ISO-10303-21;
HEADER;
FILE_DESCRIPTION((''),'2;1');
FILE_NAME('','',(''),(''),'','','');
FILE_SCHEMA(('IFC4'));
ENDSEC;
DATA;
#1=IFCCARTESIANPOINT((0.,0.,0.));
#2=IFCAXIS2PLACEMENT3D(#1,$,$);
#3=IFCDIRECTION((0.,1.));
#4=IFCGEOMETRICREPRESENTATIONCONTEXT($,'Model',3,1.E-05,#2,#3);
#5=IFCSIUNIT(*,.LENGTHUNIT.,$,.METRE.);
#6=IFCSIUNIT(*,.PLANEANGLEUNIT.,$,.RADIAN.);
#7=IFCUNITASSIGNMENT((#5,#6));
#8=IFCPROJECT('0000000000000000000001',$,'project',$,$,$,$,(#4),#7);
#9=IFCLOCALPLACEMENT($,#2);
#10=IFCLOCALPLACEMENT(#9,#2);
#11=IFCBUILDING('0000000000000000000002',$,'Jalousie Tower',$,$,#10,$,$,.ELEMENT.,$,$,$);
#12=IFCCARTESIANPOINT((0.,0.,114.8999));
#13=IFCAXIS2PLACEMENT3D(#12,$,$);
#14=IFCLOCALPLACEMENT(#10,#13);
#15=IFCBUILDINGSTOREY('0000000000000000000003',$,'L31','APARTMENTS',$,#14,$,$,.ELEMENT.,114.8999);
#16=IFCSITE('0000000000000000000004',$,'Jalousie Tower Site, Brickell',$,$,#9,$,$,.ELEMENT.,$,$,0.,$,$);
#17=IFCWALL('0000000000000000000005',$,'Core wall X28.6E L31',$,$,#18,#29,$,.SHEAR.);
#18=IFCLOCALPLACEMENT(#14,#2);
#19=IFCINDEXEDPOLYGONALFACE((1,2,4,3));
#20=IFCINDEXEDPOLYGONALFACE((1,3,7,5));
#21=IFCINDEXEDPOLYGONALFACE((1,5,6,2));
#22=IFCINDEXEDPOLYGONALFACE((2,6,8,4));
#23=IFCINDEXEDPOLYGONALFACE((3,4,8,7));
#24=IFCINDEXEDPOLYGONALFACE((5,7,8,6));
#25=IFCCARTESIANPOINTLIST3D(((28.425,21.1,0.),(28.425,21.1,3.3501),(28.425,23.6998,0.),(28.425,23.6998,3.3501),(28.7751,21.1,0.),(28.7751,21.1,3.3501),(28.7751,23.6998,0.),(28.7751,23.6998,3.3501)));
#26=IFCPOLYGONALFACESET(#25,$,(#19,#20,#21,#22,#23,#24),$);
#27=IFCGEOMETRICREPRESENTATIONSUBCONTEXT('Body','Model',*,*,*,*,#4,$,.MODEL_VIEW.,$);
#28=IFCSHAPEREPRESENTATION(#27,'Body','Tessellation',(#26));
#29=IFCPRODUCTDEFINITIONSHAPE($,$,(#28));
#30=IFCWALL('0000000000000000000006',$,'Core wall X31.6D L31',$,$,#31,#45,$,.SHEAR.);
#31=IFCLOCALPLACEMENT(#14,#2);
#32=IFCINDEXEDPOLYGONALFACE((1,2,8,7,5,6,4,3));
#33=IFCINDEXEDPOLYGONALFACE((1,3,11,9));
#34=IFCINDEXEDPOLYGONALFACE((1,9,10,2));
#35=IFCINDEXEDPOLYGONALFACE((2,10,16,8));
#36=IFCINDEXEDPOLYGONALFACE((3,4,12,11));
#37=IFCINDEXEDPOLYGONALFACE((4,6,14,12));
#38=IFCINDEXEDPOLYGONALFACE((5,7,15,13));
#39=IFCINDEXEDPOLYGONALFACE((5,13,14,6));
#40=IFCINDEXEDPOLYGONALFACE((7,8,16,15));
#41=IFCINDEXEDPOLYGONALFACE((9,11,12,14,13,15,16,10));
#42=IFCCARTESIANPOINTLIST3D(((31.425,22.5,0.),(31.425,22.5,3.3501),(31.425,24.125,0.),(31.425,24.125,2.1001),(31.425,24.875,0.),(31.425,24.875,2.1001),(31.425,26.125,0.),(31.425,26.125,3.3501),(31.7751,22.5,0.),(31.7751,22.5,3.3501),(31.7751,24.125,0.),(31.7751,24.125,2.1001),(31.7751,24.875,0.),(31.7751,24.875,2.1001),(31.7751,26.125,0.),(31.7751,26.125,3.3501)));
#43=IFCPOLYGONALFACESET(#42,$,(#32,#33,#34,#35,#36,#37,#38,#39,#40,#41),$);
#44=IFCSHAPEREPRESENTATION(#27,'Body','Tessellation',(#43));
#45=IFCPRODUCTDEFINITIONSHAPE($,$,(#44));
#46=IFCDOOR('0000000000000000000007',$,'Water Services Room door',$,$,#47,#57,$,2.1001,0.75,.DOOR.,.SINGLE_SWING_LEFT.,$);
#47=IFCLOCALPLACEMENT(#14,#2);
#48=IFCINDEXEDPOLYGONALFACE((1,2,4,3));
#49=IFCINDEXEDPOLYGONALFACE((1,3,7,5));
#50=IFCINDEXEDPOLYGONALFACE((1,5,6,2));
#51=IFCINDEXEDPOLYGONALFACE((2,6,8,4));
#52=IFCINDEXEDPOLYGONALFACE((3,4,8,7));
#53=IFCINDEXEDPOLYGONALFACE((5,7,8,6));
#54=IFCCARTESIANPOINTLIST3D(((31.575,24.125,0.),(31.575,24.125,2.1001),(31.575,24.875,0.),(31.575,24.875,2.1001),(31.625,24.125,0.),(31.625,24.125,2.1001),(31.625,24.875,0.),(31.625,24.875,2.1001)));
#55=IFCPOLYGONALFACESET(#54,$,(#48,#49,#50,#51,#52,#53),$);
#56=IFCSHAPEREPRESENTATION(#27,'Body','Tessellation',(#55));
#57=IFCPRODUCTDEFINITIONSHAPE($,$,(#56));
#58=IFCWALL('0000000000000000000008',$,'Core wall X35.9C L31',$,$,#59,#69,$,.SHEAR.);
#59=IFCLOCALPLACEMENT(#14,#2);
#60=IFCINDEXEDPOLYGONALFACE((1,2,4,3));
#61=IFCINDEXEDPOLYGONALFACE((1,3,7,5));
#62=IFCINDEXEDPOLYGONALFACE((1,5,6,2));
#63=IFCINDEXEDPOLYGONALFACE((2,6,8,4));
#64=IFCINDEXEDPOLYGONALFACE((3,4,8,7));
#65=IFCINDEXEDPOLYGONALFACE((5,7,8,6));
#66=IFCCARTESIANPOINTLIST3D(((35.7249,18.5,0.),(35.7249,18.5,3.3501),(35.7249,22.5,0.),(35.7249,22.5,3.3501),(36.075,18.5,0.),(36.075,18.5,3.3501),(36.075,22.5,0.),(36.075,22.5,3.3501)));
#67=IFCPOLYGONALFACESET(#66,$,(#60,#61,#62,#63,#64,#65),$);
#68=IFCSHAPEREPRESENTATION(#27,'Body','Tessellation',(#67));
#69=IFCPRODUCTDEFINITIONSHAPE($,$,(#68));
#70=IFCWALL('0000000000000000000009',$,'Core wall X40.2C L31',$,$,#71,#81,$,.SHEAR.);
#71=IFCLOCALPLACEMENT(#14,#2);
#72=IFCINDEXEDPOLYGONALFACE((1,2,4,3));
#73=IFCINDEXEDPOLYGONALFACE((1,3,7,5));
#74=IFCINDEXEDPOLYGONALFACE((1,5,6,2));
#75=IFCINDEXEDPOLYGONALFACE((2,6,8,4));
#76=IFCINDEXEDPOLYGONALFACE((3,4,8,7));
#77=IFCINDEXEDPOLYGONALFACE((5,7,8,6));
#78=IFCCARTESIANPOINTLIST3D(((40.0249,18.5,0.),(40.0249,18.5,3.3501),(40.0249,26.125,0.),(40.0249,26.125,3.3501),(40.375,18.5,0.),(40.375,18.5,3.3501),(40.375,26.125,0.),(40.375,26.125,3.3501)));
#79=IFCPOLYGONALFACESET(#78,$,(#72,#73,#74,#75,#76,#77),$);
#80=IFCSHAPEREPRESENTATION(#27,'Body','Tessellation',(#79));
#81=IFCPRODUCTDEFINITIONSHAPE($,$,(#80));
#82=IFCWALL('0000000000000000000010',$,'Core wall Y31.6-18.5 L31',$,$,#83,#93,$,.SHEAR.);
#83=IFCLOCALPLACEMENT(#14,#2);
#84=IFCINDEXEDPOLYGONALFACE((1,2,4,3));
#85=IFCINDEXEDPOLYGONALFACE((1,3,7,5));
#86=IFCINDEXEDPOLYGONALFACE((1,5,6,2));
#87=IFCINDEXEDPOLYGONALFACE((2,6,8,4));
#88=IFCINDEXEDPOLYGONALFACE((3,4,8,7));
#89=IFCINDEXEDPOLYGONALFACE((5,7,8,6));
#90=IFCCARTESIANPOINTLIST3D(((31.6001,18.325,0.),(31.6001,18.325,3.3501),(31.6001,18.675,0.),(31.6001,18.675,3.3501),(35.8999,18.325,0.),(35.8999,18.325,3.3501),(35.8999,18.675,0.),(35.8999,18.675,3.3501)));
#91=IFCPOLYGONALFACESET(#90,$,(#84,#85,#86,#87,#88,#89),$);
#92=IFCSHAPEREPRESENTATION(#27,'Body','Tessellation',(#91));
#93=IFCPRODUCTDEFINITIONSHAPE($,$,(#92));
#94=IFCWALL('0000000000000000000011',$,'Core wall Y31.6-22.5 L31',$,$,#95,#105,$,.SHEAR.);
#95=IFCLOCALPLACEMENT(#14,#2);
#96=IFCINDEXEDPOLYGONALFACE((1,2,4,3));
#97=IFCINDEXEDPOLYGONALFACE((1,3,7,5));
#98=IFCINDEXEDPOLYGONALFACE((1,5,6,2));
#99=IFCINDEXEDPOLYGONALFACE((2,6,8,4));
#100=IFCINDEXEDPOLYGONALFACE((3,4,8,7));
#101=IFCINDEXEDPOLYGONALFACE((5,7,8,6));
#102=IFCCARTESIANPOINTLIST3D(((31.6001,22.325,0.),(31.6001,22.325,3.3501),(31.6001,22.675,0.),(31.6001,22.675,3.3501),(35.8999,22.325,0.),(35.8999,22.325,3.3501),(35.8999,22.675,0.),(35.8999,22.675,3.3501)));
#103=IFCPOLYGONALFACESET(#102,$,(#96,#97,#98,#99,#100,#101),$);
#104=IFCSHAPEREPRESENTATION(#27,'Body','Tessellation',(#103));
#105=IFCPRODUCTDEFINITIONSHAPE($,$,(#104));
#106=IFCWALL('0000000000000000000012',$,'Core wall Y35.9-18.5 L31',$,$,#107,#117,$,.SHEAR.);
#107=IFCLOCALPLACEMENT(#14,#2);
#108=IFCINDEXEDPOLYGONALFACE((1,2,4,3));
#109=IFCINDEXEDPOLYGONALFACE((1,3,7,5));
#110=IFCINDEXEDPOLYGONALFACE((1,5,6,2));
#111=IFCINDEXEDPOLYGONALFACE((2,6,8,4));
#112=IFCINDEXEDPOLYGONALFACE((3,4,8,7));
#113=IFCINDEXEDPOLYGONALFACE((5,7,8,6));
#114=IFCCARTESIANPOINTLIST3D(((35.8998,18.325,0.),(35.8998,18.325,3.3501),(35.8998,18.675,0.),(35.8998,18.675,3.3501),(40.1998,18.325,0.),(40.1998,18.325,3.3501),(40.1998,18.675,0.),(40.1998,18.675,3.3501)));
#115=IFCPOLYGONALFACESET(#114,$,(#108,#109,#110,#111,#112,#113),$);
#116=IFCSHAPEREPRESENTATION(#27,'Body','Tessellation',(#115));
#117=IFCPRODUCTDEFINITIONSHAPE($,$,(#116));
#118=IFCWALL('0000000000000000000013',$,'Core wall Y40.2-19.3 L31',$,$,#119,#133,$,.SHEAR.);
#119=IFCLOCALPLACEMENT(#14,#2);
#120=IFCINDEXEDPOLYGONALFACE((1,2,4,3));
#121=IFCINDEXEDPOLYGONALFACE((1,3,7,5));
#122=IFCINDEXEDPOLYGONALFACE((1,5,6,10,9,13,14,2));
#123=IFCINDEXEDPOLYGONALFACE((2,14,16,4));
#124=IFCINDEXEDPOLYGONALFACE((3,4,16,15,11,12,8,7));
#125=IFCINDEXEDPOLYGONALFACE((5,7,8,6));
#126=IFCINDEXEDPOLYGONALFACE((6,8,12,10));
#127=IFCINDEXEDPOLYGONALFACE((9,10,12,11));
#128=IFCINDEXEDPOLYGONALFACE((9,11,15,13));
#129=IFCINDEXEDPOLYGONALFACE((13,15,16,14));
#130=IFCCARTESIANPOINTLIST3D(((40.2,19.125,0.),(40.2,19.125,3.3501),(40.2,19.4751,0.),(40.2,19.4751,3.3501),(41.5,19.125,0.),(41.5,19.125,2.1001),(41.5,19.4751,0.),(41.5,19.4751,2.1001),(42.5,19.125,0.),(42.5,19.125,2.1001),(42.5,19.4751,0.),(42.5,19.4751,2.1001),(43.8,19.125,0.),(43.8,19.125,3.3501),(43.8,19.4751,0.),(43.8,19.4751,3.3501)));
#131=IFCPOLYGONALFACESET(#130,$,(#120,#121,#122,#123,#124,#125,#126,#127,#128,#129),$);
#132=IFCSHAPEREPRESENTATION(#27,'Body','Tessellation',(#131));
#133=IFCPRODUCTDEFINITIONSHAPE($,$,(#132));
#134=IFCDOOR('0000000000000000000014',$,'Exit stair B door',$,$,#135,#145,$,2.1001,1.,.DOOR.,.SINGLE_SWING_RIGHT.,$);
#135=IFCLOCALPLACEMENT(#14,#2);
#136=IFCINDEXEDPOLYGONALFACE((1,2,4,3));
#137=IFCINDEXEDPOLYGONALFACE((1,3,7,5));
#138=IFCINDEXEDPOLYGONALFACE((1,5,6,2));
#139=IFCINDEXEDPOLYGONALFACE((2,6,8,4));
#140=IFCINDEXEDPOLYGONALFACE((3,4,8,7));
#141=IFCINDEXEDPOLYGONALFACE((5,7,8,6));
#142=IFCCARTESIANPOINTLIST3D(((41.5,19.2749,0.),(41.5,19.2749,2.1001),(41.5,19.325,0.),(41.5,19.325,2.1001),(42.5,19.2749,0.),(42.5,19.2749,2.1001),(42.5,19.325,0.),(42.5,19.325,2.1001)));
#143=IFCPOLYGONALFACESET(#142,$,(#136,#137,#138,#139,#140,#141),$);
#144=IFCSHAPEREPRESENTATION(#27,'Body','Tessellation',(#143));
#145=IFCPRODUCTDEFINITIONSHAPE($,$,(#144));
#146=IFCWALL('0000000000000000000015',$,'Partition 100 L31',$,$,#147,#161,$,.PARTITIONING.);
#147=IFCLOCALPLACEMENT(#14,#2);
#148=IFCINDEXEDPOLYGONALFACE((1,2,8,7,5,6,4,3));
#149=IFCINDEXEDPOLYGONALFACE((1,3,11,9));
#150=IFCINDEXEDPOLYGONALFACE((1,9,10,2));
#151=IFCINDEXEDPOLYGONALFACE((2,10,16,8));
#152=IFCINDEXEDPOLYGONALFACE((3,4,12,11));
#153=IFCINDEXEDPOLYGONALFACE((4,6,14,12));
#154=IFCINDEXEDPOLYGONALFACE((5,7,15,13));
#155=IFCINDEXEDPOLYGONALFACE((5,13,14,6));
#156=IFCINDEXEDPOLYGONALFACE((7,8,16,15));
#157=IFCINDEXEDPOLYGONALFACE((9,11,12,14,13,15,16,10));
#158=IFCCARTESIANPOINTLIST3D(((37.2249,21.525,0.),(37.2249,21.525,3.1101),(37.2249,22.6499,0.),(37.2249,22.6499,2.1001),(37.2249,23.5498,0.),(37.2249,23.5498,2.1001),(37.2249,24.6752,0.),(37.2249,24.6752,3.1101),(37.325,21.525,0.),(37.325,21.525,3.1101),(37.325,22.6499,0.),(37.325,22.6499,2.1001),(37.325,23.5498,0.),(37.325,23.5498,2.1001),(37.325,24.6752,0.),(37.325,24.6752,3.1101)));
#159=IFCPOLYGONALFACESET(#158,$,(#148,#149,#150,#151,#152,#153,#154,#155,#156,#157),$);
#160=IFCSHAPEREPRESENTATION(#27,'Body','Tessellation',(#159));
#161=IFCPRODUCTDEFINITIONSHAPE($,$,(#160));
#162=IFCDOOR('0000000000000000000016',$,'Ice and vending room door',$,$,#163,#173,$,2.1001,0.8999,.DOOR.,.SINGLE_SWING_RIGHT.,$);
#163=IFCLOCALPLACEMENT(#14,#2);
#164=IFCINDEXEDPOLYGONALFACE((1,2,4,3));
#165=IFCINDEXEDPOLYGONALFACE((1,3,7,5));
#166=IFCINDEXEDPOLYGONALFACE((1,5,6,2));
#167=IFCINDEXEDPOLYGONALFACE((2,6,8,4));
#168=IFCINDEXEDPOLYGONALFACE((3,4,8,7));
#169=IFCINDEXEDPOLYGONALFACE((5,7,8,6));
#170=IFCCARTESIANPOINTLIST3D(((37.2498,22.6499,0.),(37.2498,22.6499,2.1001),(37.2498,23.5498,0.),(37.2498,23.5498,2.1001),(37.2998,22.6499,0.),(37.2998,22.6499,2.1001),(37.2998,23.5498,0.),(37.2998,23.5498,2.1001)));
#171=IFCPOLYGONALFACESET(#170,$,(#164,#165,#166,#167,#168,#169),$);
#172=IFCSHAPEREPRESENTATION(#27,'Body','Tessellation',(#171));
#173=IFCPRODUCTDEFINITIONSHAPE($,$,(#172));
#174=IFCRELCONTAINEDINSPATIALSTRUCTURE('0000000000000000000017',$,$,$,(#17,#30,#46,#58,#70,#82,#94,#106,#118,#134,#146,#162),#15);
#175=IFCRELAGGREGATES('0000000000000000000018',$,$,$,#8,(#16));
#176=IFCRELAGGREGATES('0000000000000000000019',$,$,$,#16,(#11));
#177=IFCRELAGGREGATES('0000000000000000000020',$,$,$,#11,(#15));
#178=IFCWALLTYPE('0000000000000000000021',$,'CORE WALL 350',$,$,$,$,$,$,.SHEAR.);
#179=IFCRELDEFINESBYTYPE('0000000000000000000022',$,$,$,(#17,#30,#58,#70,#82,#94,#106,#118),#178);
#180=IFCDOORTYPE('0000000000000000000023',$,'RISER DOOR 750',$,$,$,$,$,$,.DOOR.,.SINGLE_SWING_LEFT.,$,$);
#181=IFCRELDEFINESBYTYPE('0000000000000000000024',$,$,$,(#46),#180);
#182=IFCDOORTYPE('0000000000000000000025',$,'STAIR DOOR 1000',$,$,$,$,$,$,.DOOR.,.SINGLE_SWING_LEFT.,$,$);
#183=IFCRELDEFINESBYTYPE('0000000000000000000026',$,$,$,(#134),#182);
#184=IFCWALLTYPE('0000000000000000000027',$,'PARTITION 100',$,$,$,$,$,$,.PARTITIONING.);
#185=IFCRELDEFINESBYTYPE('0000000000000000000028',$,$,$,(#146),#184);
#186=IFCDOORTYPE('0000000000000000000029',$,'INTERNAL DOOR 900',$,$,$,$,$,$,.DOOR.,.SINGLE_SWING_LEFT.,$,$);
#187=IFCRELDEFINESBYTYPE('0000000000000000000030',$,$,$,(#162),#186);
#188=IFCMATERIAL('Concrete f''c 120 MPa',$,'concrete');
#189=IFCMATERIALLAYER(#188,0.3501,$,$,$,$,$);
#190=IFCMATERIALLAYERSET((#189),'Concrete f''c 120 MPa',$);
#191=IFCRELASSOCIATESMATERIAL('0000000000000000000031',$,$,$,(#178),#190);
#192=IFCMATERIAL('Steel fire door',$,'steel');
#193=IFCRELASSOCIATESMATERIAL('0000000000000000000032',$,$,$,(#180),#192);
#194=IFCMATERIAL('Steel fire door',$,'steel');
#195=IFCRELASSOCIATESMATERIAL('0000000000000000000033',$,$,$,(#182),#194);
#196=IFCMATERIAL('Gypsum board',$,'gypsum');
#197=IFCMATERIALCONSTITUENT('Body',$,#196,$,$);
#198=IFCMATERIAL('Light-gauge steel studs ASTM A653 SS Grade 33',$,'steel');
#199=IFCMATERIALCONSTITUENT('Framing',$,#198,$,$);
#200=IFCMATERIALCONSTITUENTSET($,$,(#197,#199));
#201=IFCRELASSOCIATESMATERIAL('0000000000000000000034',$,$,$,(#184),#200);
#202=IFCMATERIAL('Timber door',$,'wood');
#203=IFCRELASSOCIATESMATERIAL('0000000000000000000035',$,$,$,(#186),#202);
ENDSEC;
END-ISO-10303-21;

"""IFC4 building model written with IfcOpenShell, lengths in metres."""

from ifc_helpers import new_model, si_unit, direction, frame, frame_2d, origin, place, context, subcontext, project, spatial, rectangle, extrude, material, layer, layer_set, constituent, constituent_set, type_object, element, fill, save


model = new_model("IFC4")

# Units and contexts
model_context = context("Model", 3, precision=1e-05, world=origin(), true_north=direction((0.0, 1.0)))
body_context = subcontext(model_context, "Body", "Model", "MODEL_VIEW")
ifc_project = project(units=[si_unit("LENGTHUNIT", "METRE"), si_unit("PLANEANGLEUNIT", "RADIAN")], contexts=[model_context])

# Site, building, storey
site_placement = place(None, origin())
site = spatial("IfcSite", under=ifc_project, at=site_placement, Name="Jalousie Tower Site, Brickell", CompositionType="ELEMENT", RefElevation=0.0)
building_placement = place(site_placement, origin())
building = spatial("IfcBuilding", under=site, at=building_placement, Name="Jalousie Tower", CompositionType="ELEMENT")
storey_placement = place(building_placement, frame((0.0, 0.0, 114.8999)))
storey = spatial("IfcBuildingStorey", under=building, at=storey_placement, Name="L31", Description="APARTMENTS", CompositionType="ELEMENT", Elevation=114.8999)

# Wall
ifc_material_1 = material(Name="Concrete f'c 120 MPa", Category="concrete")
ifc_layer = layer(ifc_material_1, 0.3501)
ifc_layer_set = layer_set([ifc_layer], Name="Concrete f'c 120 MPa")
wall_type_1 = type_object("IfcWallType", Name="CORE WALL 350", PredefinedType="SHEAR", material=ifc_layer_set)
wall_1_placement = place(storey_placement, frame((28.6001, 21.1001, 0.0), z_axis=(0.0, 0.0, 1.0), x_axis=(0.0, 1.0, 0.0)))
element("IfcWall", 1, at=wall_1_placement, inside=storey, type_object=wall_type_1, Name="Core wall X28.6E L31", PredefinedType="SHEAR", context=body_context, shape_type="SweptSolid", body=[
    extrude(rectangle(XDim=2.5999, YDim=0.3501, at=frame_2d((1.2998, 0.0))), origin(), (0.0, 0.0, 1.0), 3.3501),
])

# Wall, opening, door
wall_2_placement = place(storey_placement, frame((31.6001, 22.5, 0.0), z_axis=(0.0, 0.0, 1.0), x_axis=(0.0, 1.0, 0.0)))
wall_2 = element("IfcWall", 2, at=wall_2_placement, inside=storey, type_object=wall_type_1, Name="Core wall X31.6D L31", PredefinedType="SHEAR", context=body_context, shape_type="SweptSolid", body=[
    extrude(rectangle(XDim=3.625, YDim=0.3501, at=frame_2d((1.8125, 0.0))), origin(), (0.0, 0.0, 1.0), 3.3501),
])
opening_1_placement = place(wall_2_placement, frame((1.625, 0.0, 0.0)))
opening_1 = element("IfcOpeningElement", 3, at=opening_1_placement, cuts=wall_2, PredefinedType="OPENING", context=body_context, shape_type="SweptSolid", body=[
    extrude(rectangle(XDim=0.75, YDim=2.1001, at=frame_2d((0.375, 1.05))), frame((0.0, 0.1851, 0.0), z_axis=(0.0, -1.0, 0.0), x_axis=(1.0, 0.0, 0.0)), (0.0, 0.0, 1.0), 0.3701),
])
ifc_material_2 = material(Name="Steel fire door", Category="steel")
door_type_1 = type_object("IfcDoorType", Name="RISER DOOR 750", OperationType="SINGLE_SWING_LEFT", PredefinedType="DOOR", material=ifc_material_2)
door_1_placement = place(opening_1_placement, frame((0.75, 0.0, 0.0), z_axis=(0.0, 0.0, 1.0), x_axis=(-1.0, 0.0, 0.0)))
door_1 = element("IfcDoor", 4, at=door_1_placement, inside=storey, type_object=door_type_1, Name="Water Services Room door", OperationType="SINGLE_SWING_LEFT", OverallHeight=2.1001, OverallWidth=0.75, PredefinedType="DOOR", context=body_context, shape_type="SweptSolid", body=[
    extrude(rectangle(XDim=0.75, YDim=2.1001, at=frame_2d((0.375, 1.05))), frame((0.0, 0.0249, 0.0), z_axis=(0.0, -1.0, 0.0), x_axis=(1.0, 0.0, 0.0)), (0.0, 0.0, 1.0), 0.05),
])
fill(opening_1, door_1)

# Walls
wall_3_placement = place(storey_placement, frame((35.8999, 18.5, 0.0), z_axis=(0.0, 0.0, 1.0), x_axis=(0.0, 1.0, 0.0)))
element("IfcWall", 5, at=wall_3_placement, inside=storey, type_object=wall_type_1, Name="Core wall X35.9C L31", PredefinedType="SHEAR", context=body_context, shape_type="SweptSolid", body=[
    extrude(rectangle(XDim=4.0, YDim=0.3501, at=frame_2d((2.0, 0.0))), origin(), (0.0, 0.0, 1.0), 3.3501),
])
wall_4_placement = place(storey_placement, frame((40.2, 18.5, 0.0), z_axis=(0.0, 0.0, 1.0), x_axis=(0.0, 1.0, 0.0)))
element("IfcWall", 6, at=wall_4_placement, inside=storey, type_object=wall_type_1, Name="Core wall X40.2C L31", PredefinedType="SHEAR", context=body_context, shape_type="SweptSolid", body=[
    extrude(rectangle(XDim=7.625, YDim=0.3501, at=frame_2d((3.8125, 0.0))), origin(), (0.0, 0.0, 1.0), 3.3501),
])
for number, where, z_axis, x_axis, name in (
    (7, (31.6001, 18.5, 0.0), (0.0, 0.0, 1.0), (1.0, 0.0, 0.0), "Core wall Y31.6-18.5 L31"),
    (8, (31.6001, 22.5, 0.0), (0.0, 0.0, 1.0), (1.0, 0.0, 0.0), "Core wall Y31.6-22.5 L31"),
):
    element("IfcWall", number, at=place(storey_placement, frame(where, z_axis=z_axis, x_axis=x_axis)), inside=storey, type_object=wall_type_1, Name=name, PredefinedType="SHEAR", context=body_context, shape_type="SweptSolid", body=[
        extrude(rectangle(XDim=4.2998, YDim=0.3501, at=frame_2d((2.1499, 0.0))), origin(), (0.0, 0.0, 1.0), 3.3501),
    ])
wall_5_placement = place(storey_placement, frame((35.8999, 18.5, 0.0), z_axis=(0.0, 0.0, 1.0), x_axis=(1.0, 0.0, 0.0)))
element("IfcWall", 9, at=wall_5_placement, inside=storey, type_object=wall_type_1, Name="Core wall Y35.9-18.5 L31", PredefinedType="SHEAR", context=body_context, shape_type="SweptSolid", body=[
    extrude(rectangle(XDim=4.3, YDim=0.3501, at=frame_2d((2.1499, 0.0))), origin(), (0.0, 0.0, 1.0), 3.3501),
])

# Walls, openings, doors
wall_6_placement = place(storey_placement, frame((40.2, 19.3, 0.0), z_axis=(0.0, 0.0, 1.0), x_axis=(1.0, 0.0, 0.0)))
wall_6 = element("IfcWall", 10, at=wall_6_placement, inside=storey, type_object=wall_type_1, Name="Core wall Y40.2-19.3 L31", PredefinedType="SHEAR", context=body_context, shape_type="SweptSolid", body=[
    extrude(rectangle(XDim=3.6001, YDim=0.3501, at=frame_2d((1.8, 0.0))), origin(), (0.0, 0.0, 1.0), 3.3501),
])
opening_2_placement = place(wall_6_placement, frame((1.3, 0.0, 0.0)))
opening_2 = element("IfcOpeningElement", 11, at=opening_2_placement, cuts=wall_6, PredefinedType="OPENING", context=body_context, shape_type="SweptSolid", body=[
    extrude(rectangle(XDim=1.0, YDim=2.1001, at=frame_2d((0.5, 1.05))), frame((0.0, 0.1851, 0.0), z_axis=(0.0, -1.0, 0.0), x_axis=(1.0, 0.0, 0.0)), (0.0, 0.0, 1.0), 0.3701),
])
ifc_material_3 = material(Name="Steel fire door", Category="steel")
door_type_2 = type_object("IfcDoorType", Name="STAIR DOOR 1000", OperationType="SINGLE_SWING_LEFT", PredefinedType="DOOR", material=ifc_material_3)
door_2_placement = place(opening_2_placement, origin())
door_2 = element("IfcDoor", 12, at=door_2_placement, inside=storey, type_object=door_type_2, Name="Exit stair B door", OperationType="SINGLE_SWING_RIGHT", OverallHeight=2.1001, OverallWidth=1.0, PredefinedType="DOOR", context=body_context, shape_type="SweptSolid", body=[
    extrude(rectangle(XDim=1.0, YDim=2.1001, at=frame_2d((0.5, 1.05))), frame((0.0, 0.0249, 0.0), z_axis=(0.0, -1.0, 0.0), x_axis=(1.0, 0.0, 0.0)), (0.0, 0.0, 1.0), 0.05),
])
fill(opening_2, door_2)
ifc_material_4 = material(Name="Gypsum board", Category="gypsum")
ifc_constituent_1 = constituent(ifc_material_4, Name="Body")
ifc_material_5 = material(Name="Light-gauge steel studs ASTM A653 SS Grade 33", Category="steel")
ifc_constituent_2 = constituent(ifc_material_5, Name="Framing")
ifc_constituent_set_1 = constituent_set(constituents=[ifc_constituent_1, ifc_constituent_2])
wall_type_2 = type_object("IfcWallType", Name="PARTITION 100", PredefinedType="PARTITIONING", material=ifc_constituent_set_1)
wall_7_placement = place(storey_placement, frame((37.2749, 21.5249, 0.0), z_axis=(0.0, 0.0, 1.0), x_axis=(0.0, 1.0, 0.0)))
wall_7 = element("IfcWall", 13, at=wall_7_placement, inside=storey, type_object=wall_type_2, Name="Partition 100 L31", PredefinedType="PARTITIONING", context=body_context, shape_type="SweptSolid", body=[
    extrude(rectangle(XDim=3.1501, YDim=0.1001, at=frame_2d((1.5752, 0.0))), origin(), (0.0, 0.0, 1.0), 3.1101),
])
opening_3_placement = place(wall_7_placement, frame((1.125, 0.0, 0.0)))
opening_3 = element("IfcOpeningElement", 14, at=opening_3_placement, cuts=wall_7, PredefinedType="OPENING", context=body_context, shape_type="SweptSolid", body=[
    extrude(rectangle(XDim=0.8999, YDim=2.1001, at=frame_2d((0.45, 1.05))), frame((0.0, 0.0601, 0.0), z_axis=(0.0, -1.0, 0.0), x_axis=(1.0, 0.0, 0.0)), (0.0, 0.0, 1.0), 0.1201),
])
ifc_material_6 = material(Name="Timber door", Category="wood")
door_type_3 = type_object("IfcDoorType", Name="INTERNAL DOOR 900", OperationType="SINGLE_SWING_LEFT", PredefinedType="DOOR", material=ifc_material_6)
door_3_placement = place(opening_3_placement, frame((0.8999, 0.0, 0.0), z_axis=(0.0, 0.0, 1.0), x_axis=(-1.0, 0.0, 0.0)))
door_3 = element("IfcDoor", 15, at=door_3_placement, inside=storey, type_object=door_type_3, Name="Ice and vending room door", OperationType="SINGLE_SWING_RIGHT", OverallHeight=2.1001, OverallWidth=0.8999, PredefinedType="DOOR", context=body_context, shape_type="SweptSolid", body=[
    extrude(rectangle(XDim=0.8999, YDim=2.1001, at=frame_2d((0.45, 1.05))), frame((0.0, 0.0249, 0.0), z_axis=(0.0, -1.0, 0.0), x_axis=(1.0, 0.0, 0.0)), (0.0, 0.0, 1.0), 0.05),
])
fill(opening_3, door_3)

save(model, "model.ifc")
